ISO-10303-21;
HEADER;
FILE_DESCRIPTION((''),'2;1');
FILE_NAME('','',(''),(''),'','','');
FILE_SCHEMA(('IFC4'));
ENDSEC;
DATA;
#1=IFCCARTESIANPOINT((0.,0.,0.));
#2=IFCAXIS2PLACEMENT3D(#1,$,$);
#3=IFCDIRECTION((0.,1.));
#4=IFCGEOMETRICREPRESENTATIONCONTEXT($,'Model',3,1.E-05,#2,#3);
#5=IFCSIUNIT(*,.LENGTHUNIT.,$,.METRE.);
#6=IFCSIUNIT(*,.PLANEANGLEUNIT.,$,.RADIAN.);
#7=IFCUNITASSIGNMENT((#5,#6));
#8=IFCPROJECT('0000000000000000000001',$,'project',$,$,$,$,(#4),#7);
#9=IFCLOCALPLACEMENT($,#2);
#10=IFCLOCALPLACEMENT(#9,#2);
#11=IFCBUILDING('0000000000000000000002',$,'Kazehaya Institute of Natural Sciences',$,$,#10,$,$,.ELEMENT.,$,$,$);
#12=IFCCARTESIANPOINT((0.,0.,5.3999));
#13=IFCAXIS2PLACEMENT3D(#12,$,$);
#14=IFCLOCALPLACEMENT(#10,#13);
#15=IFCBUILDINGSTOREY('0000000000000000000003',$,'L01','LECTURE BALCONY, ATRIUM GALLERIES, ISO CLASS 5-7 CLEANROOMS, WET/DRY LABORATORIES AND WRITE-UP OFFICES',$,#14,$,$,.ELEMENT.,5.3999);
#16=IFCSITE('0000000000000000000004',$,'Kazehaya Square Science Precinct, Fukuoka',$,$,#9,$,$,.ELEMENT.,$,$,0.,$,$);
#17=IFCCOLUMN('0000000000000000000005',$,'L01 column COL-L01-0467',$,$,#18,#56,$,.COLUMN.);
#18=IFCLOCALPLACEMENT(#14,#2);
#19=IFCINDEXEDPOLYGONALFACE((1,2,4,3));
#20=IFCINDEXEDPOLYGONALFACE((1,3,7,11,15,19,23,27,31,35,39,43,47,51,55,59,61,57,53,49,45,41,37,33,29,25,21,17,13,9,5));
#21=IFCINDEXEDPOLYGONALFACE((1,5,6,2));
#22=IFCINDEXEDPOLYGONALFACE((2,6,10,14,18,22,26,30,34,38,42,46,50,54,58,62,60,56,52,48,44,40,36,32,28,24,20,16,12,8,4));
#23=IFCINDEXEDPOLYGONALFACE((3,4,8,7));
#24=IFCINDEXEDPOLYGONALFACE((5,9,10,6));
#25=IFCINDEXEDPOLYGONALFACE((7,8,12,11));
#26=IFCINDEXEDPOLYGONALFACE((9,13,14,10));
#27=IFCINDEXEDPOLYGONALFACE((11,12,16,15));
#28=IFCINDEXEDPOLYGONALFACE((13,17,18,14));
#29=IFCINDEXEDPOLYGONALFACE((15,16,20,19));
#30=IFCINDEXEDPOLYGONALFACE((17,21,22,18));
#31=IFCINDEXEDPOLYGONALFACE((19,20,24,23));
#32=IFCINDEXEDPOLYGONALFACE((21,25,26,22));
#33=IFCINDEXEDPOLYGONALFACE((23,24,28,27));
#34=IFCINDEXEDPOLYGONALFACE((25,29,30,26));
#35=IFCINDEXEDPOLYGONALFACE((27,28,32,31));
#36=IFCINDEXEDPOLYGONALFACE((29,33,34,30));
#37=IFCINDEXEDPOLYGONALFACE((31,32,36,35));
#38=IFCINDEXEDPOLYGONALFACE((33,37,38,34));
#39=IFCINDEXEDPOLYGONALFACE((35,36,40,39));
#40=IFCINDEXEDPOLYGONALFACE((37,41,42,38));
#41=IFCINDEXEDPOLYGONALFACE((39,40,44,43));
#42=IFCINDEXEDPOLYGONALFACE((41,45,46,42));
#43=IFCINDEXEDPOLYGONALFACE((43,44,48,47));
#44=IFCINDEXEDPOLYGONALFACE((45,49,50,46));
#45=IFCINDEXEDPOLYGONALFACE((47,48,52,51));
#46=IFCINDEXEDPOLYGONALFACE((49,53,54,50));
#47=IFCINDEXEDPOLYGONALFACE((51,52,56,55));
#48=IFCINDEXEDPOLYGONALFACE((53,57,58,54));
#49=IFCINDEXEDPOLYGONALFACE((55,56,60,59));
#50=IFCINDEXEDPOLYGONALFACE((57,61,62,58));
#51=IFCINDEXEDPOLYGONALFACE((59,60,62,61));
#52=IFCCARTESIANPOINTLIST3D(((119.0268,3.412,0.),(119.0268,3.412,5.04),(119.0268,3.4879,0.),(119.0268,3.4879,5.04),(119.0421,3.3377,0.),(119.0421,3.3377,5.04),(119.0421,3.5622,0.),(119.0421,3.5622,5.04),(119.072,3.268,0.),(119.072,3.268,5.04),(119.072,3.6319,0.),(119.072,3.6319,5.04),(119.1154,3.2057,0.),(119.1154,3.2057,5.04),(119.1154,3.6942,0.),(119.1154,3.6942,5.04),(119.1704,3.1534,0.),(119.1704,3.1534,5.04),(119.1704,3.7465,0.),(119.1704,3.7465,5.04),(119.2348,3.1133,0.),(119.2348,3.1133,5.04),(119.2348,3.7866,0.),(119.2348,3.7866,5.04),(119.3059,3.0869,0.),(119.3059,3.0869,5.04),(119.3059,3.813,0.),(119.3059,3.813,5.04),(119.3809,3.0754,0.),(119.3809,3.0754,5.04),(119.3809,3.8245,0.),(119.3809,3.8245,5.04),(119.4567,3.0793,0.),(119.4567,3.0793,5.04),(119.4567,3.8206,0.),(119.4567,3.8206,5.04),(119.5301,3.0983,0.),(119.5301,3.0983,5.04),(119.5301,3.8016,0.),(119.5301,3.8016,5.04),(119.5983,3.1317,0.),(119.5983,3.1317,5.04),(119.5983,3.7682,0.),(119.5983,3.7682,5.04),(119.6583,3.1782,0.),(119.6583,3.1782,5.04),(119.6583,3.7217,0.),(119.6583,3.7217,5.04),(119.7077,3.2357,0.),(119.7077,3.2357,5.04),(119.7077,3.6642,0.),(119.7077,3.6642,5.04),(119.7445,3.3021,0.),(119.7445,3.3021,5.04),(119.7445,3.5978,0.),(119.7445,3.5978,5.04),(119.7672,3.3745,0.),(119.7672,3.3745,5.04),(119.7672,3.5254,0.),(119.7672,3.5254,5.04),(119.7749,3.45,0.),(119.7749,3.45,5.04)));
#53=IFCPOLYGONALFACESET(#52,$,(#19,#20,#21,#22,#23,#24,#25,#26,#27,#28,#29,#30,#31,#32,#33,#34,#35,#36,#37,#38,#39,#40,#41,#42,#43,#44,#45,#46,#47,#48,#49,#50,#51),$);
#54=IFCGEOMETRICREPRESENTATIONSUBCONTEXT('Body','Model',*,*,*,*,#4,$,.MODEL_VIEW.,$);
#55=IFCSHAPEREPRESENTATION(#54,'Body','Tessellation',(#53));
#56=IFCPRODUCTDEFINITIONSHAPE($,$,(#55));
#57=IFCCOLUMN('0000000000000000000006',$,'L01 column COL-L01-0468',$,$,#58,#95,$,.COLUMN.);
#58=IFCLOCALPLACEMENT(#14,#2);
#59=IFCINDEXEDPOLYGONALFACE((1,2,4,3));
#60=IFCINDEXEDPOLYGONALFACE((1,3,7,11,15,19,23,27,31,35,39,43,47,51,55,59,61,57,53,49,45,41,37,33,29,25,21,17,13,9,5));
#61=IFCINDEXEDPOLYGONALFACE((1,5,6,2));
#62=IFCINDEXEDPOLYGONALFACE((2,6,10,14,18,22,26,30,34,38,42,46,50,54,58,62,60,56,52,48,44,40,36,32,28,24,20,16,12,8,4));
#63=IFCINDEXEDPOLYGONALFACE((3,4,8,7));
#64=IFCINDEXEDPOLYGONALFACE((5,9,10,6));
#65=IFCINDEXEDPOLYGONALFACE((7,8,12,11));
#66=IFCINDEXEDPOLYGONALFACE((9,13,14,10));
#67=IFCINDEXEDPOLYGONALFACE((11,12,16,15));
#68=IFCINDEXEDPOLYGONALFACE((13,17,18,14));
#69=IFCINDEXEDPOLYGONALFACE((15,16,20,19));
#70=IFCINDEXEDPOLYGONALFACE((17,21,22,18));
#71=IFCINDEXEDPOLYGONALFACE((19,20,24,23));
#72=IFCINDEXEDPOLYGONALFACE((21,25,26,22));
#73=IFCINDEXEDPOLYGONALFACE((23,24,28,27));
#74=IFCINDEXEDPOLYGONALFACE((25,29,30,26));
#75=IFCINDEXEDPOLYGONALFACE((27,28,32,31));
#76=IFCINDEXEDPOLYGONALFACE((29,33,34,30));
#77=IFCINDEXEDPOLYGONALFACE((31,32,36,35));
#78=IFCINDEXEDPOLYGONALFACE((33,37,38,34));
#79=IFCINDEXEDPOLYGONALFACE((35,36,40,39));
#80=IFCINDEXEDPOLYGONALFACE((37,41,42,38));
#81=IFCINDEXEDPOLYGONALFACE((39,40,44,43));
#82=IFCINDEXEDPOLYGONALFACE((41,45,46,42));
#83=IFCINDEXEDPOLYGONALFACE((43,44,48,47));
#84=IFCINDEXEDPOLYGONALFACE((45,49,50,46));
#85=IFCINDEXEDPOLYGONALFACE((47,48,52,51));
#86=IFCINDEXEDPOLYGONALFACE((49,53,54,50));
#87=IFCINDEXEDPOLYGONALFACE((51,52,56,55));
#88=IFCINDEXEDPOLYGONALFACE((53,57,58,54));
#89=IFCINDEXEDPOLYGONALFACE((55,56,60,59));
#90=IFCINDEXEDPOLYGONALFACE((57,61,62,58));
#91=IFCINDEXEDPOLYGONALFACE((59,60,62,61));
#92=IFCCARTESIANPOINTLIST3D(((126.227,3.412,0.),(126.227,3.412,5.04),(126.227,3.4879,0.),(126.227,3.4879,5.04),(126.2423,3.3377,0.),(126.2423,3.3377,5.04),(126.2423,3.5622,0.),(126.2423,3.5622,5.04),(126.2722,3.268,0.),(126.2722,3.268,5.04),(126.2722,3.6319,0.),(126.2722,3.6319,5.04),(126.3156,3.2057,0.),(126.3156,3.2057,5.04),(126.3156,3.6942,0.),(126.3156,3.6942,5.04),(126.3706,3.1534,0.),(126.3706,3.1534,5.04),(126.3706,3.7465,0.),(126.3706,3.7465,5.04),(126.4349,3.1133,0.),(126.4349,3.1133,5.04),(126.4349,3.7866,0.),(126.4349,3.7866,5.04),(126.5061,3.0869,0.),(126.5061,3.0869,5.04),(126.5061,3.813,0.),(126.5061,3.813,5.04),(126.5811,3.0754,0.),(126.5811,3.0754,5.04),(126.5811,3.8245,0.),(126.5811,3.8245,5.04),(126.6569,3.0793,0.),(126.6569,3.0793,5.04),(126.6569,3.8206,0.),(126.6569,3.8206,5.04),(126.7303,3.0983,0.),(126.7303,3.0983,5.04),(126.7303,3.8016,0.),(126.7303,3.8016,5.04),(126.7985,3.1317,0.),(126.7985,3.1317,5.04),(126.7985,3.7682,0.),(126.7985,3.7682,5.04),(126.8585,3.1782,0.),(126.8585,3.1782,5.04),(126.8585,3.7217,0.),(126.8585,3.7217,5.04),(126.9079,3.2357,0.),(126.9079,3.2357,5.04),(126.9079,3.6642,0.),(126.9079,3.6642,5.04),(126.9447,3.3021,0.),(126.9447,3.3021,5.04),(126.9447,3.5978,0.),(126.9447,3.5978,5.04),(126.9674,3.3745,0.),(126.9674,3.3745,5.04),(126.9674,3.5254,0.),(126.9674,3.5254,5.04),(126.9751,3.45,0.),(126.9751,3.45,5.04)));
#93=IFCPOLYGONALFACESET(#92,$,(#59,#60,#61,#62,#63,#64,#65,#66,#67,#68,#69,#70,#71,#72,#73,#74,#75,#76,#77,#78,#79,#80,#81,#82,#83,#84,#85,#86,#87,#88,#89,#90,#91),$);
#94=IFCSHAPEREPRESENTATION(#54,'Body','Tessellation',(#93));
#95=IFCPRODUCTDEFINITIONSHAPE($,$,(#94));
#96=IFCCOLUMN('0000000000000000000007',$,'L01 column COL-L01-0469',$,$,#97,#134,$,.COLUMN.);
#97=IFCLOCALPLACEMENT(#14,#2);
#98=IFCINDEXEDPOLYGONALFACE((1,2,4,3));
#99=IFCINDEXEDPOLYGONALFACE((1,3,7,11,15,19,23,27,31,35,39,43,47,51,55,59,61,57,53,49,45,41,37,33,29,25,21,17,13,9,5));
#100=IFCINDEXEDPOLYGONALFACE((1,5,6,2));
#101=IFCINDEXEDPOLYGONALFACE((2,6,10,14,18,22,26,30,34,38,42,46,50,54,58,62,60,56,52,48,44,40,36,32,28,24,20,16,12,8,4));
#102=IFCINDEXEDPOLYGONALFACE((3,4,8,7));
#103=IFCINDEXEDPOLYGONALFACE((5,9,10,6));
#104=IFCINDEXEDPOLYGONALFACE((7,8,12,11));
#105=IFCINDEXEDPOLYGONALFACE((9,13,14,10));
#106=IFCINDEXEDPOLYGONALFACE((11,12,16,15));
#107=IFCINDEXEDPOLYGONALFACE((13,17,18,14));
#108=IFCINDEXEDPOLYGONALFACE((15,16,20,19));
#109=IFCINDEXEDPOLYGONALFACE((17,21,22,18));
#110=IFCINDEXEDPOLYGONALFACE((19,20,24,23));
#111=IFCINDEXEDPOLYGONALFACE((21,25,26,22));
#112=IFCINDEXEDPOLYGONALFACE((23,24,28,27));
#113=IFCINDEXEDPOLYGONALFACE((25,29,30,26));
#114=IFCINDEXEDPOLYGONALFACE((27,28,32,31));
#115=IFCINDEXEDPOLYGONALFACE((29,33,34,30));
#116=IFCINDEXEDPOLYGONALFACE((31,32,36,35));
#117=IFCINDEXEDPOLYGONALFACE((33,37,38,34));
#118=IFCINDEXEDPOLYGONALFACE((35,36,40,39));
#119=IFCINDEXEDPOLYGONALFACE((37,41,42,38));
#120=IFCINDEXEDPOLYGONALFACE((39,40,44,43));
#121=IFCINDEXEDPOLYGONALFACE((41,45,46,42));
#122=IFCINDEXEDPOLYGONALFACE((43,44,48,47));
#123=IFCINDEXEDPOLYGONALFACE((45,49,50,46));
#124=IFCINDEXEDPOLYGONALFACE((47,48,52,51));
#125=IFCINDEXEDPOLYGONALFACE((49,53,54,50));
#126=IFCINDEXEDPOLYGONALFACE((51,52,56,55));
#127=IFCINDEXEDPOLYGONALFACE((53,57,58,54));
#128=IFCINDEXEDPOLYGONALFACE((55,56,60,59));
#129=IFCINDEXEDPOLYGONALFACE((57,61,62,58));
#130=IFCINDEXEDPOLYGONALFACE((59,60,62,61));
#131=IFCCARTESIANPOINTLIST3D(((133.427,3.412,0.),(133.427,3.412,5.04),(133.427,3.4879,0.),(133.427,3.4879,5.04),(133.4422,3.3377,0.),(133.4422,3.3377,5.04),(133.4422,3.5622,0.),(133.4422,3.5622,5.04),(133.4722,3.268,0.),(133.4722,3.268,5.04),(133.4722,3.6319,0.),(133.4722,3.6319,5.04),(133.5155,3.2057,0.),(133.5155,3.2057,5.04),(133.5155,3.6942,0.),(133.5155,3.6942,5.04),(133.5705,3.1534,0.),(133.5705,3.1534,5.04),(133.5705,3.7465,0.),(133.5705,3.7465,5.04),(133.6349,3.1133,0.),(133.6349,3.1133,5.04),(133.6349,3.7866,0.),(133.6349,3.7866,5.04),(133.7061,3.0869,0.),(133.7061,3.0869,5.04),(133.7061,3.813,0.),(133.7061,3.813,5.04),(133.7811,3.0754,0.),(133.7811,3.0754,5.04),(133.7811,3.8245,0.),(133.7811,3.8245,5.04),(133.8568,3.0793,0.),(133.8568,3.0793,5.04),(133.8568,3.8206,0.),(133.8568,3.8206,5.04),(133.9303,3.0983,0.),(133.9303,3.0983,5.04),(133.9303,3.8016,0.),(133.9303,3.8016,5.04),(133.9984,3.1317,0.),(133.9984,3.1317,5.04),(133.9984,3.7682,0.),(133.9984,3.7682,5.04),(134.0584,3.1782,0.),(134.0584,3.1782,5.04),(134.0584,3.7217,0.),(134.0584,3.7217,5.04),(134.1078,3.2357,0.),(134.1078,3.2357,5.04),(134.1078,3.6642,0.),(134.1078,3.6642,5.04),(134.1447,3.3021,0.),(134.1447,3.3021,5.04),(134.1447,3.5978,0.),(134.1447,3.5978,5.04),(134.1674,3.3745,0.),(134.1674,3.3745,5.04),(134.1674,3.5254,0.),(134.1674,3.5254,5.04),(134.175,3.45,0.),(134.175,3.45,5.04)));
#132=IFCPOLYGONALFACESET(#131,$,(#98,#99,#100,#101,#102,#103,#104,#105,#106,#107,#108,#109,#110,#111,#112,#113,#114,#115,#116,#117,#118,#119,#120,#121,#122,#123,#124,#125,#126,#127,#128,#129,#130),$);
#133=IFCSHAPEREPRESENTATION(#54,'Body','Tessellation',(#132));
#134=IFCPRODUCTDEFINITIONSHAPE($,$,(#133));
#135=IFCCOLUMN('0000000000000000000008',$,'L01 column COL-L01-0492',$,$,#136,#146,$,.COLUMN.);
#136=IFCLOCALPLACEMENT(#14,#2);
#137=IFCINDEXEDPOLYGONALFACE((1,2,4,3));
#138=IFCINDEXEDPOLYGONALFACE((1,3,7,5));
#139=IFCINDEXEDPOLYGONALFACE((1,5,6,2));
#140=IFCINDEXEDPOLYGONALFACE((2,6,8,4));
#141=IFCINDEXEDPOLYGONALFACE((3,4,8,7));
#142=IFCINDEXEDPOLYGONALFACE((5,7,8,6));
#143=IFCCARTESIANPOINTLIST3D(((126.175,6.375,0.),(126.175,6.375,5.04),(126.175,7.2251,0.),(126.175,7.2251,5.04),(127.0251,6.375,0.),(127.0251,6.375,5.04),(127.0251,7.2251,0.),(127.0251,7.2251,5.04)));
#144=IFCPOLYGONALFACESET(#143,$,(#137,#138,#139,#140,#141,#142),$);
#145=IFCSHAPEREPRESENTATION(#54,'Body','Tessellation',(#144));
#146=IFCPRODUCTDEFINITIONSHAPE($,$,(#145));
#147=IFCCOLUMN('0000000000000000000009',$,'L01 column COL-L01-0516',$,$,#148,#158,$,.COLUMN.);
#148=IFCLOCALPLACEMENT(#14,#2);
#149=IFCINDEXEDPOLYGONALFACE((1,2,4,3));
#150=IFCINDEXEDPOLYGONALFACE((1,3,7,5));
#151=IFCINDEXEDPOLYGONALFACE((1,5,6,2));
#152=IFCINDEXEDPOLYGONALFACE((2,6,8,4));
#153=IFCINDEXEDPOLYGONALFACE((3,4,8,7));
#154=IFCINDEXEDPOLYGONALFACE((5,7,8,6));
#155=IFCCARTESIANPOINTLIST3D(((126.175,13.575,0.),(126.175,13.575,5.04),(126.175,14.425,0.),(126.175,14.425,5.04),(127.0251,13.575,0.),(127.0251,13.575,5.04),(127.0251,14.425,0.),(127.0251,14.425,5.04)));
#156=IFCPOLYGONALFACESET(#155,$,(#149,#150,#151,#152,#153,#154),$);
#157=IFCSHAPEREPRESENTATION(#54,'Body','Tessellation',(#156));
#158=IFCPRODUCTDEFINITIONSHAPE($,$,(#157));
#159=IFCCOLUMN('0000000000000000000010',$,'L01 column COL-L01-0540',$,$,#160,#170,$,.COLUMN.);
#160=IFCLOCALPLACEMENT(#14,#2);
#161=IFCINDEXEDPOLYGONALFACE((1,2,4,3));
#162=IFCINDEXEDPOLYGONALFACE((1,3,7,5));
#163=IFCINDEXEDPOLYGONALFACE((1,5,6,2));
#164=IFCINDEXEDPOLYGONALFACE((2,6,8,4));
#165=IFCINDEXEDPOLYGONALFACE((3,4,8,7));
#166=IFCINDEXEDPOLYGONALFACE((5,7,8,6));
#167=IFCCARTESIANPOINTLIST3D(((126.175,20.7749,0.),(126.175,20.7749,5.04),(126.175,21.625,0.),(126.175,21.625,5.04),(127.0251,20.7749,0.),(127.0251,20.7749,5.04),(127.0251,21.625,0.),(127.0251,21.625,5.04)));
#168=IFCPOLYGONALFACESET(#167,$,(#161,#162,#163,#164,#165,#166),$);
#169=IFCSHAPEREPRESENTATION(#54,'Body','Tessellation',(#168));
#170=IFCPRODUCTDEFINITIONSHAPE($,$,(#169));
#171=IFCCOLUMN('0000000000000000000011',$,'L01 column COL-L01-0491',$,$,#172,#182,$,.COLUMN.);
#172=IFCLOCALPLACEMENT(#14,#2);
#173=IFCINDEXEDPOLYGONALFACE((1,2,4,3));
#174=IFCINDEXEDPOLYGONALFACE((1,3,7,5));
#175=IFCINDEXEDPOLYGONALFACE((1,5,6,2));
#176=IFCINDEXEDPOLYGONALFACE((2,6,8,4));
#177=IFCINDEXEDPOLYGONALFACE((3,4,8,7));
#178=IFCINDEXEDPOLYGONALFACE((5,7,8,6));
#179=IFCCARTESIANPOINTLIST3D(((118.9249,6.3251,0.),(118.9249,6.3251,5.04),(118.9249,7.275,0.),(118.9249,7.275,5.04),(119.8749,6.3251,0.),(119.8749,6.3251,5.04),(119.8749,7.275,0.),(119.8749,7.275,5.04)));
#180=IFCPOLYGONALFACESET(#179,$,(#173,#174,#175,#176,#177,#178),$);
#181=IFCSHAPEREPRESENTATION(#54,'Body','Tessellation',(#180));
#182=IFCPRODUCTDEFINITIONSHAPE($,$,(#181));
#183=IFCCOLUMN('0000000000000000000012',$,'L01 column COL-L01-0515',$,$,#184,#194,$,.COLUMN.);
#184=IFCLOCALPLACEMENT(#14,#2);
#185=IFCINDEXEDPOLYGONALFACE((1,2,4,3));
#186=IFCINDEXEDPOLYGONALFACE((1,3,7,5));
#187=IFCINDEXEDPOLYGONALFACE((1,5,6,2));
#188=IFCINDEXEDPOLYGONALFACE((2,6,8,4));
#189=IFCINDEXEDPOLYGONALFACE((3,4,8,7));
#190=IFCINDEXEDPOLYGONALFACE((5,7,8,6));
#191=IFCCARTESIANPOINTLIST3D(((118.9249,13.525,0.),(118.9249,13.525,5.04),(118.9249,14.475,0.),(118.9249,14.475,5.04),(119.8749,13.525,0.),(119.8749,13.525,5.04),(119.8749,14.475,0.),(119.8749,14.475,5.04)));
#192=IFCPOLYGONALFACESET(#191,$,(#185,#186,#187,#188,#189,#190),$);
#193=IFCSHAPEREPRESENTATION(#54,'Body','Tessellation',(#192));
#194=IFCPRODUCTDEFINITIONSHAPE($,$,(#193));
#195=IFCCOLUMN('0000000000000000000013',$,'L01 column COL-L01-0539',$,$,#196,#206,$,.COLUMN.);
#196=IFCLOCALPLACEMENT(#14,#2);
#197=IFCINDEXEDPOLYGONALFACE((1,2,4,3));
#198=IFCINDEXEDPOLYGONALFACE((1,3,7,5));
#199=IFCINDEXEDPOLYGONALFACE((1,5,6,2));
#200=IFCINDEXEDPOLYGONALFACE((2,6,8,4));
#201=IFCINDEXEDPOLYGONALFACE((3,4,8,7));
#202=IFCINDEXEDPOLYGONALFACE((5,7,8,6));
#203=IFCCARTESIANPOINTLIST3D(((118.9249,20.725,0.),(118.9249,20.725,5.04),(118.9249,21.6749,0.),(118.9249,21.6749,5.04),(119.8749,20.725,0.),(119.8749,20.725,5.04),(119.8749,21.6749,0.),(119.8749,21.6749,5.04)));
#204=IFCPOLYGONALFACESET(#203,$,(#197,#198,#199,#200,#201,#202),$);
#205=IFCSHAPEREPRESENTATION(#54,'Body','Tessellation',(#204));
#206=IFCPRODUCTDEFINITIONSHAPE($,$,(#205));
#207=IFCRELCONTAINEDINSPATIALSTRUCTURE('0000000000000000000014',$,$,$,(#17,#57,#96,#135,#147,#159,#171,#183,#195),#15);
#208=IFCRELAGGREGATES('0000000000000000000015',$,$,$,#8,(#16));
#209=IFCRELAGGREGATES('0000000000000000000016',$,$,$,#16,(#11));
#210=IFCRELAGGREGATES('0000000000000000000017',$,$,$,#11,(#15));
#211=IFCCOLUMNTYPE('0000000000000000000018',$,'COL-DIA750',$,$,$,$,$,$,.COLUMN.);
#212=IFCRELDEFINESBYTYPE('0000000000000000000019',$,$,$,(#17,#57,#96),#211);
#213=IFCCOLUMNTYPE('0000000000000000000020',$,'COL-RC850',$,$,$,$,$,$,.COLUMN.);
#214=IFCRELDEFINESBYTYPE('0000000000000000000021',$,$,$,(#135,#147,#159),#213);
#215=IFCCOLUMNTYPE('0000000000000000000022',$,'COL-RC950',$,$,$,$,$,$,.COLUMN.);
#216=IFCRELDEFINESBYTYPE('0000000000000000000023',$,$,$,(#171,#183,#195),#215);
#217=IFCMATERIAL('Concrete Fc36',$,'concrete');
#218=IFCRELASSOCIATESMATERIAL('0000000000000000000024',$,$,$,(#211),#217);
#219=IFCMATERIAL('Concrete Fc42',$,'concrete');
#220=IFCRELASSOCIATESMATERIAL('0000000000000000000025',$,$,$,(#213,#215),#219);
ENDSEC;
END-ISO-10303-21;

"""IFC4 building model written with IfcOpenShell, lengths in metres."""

from ifc_helpers import new_model, si_unit, direction, frame, origin, origin_2d, place, context, subcontext, project, spatial, rectangle, circle, extrude, material, material_profile, profile_set, type_object, element, save


model = new_model("IFC4")

# Units and contexts
model_context = context("Model", 3, precision=1e-05, world=origin(), true_north=direction((0.0, 1.0)))
body_context = subcontext(model_context, "Body", "Model", "MODEL_VIEW")
ifc_project = project(units=[si_unit("LENGTHUNIT", "METRE"), si_unit("PLANEANGLEUNIT", "RADIAN")], contexts=[model_context])

# Site, building, storey
site_placement = place(None, origin())
site = spatial("IfcSite", under=ifc_project, at=site_placement, Name="Kazehaya Square Science Precinct, Fukuoka", CompositionType="ELEMENT", RefElevation=0.0)
building_placement = place(site_placement, origin())
building = spatial("IfcBuilding", under=site, at=building_placement, Name="Kazehaya Institute of Natural Sciences", CompositionType="ELEMENT")
storey_placement = place(building_placement, frame((0.0, 0.0, 5.3999)))
storey = spatial("IfcBuildingStorey", under=building, at=storey_placement, Name="L01", Description="LECTURE BALCONY, ATRIUM GALLERIES, ISO CLASS 5-7 CLEANROOMS, WET/DRY LABORATORIES AND WRITE-UP OFFICES", CompositionType="ELEMENT", Elevation=5.3999)

# Columns
ifc_material_1 = material(Name="Concrete Fc36", Category="concrete")
ifc_material_profile_1 = material_profile(ifc_material_1, circle(Radius=0.375, at=origin_2d()), Name="RC-DIA750")
ifc_profile_set_1 = profile_set([ifc_material_profile_1], Name="Concrete Fc36")
column_type_1 = type_object("IfcColumnType", Name="COL-DIA750", PredefinedType="COLUMN", material=ifc_profile_set_1)
for number, where, z_axis, x_axis, name in (
    (1, (119.3999, 3.45, 0.0), (0.0, 0.0, 1.0), (1.0, 0.0, 0.0), "L01 column COL-L01-0467"),
    (2, (126.6001, 3.45, 0.0), (0.0, 0.0, 1.0), (1.0, 0.0, 0.0), "L01 column COL-L01-0468"),
    (3, (133.8, 3.45, 0.0), (0.0, 0.0, 1.0), (1.0, 0.0, 0.0), "L01 column COL-L01-0469"),
):
    element("IfcColumn", number, at=place(storey_placement, frame(where, z_axis=z_axis, x_axis=x_axis)), inside=storey, type_object=column_type_1, Name=name, PredefinedType="COLUMN", context=body_context, shape_type="SweptSolid", body=[
        extrude(circle(Radius=0.375, at=origin_2d()), origin(), (0.0, 0.0, 1.0), 5.04),
    ])
ifc_material_2 = material(Name="Concrete Fc42", Category="concrete")
ifc_material_profile_2 = material_profile(ifc_material_2, rectangle(XDim=0.8501, YDim=0.8501, at=origin_2d()), Name="RC-850x850")
ifc_profile_set_2 = profile_set([ifc_material_profile_2], Name="Concrete Fc42")
column_type_2 = type_object("IfcColumnType", Name="COL-RC850", PredefinedType="COLUMN", material=ifc_profile_set_2)
for number, where, z_axis, x_axis, name in (
    (4, (126.6001, 6.8, 0.0), (0.0, 0.0, 1.0), (1.0, 0.0, 0.0), "L01 column COL-L01-0492"),
    (5, (126.6001, 14.0, 0.0), (0.0, 0.0, 1.0), (1.0, 0.0, 0.0), "L01 column COL-L01-0516"),
    (6, (126.6001, 21.2, 0.0), (0.0, 0.0, 1.0), (1.0, 0.0, 0.0), "L01 column COL-L01-0540"),
):
    element("IfcColumn", number, at=place(storey_placement, frame(where, z_axis=z_axis, x_axis=x_axis)), inside=storey, type_object=column_type_2, Name=name, PredefinedType="COLUMN", context=body_context, shape_type="SweptSolid", body=[
        extrude(rectangle(XDim=0.8501, YDim=0.8501, at=origin_2d()), origin(), (0.0, 0.0, 1.0), 5.04),
    ])
ifc_material_profile_3 = material_profile(ifc_material_2, rectangle(XDim=0.95, YDim=0.95, at=origin_2d()), Name="RC-950x950")
ifc_profile_set_3 = profile_set([ifc_material_profile_3], Name="Concrete Fc42")
column_type_3 = type_object("IfcColumnType", Name="COL-RC950", PredefinedType="COLUMN", material=ifc_profile_set_3)
for number, where, z_axis, x_axis, name in (
    (7, (119.3999, 6.8, 0.0), (0.0, 0.0, 1.0), (1.0, 0.0, 0.0), "L01 column COL-L01-0491"),
    (8, (119.3999, 14.0, 0.0), (0.0, 0.0, 1.0), (1.0, 0.0, 0.0), "L01 column COL-L01-0515"),
    (9, (119.3999, 21.2, 0.0), (0.0, 0.0, 1.0), (1.0, 0.0, 0.0), "L01 column COL-L01-0539"),
):
    element("IfcColumn", number, at=place(storey_placement, frame(where, z_axis=z_axis, x_axis=x_axis)), inside=storey, type_object=column_type_3, Name=name, PredefinedType="COLUMN", context=body_context, shape_type="SweptSolid", body=[
        extrude(rectangle(XDim=0.95, YDim=0.95, at=origin_2d()), origin(), (0.0, 0.0, 1.0), 5.04),
    ])

save(model, "model.ifc")
